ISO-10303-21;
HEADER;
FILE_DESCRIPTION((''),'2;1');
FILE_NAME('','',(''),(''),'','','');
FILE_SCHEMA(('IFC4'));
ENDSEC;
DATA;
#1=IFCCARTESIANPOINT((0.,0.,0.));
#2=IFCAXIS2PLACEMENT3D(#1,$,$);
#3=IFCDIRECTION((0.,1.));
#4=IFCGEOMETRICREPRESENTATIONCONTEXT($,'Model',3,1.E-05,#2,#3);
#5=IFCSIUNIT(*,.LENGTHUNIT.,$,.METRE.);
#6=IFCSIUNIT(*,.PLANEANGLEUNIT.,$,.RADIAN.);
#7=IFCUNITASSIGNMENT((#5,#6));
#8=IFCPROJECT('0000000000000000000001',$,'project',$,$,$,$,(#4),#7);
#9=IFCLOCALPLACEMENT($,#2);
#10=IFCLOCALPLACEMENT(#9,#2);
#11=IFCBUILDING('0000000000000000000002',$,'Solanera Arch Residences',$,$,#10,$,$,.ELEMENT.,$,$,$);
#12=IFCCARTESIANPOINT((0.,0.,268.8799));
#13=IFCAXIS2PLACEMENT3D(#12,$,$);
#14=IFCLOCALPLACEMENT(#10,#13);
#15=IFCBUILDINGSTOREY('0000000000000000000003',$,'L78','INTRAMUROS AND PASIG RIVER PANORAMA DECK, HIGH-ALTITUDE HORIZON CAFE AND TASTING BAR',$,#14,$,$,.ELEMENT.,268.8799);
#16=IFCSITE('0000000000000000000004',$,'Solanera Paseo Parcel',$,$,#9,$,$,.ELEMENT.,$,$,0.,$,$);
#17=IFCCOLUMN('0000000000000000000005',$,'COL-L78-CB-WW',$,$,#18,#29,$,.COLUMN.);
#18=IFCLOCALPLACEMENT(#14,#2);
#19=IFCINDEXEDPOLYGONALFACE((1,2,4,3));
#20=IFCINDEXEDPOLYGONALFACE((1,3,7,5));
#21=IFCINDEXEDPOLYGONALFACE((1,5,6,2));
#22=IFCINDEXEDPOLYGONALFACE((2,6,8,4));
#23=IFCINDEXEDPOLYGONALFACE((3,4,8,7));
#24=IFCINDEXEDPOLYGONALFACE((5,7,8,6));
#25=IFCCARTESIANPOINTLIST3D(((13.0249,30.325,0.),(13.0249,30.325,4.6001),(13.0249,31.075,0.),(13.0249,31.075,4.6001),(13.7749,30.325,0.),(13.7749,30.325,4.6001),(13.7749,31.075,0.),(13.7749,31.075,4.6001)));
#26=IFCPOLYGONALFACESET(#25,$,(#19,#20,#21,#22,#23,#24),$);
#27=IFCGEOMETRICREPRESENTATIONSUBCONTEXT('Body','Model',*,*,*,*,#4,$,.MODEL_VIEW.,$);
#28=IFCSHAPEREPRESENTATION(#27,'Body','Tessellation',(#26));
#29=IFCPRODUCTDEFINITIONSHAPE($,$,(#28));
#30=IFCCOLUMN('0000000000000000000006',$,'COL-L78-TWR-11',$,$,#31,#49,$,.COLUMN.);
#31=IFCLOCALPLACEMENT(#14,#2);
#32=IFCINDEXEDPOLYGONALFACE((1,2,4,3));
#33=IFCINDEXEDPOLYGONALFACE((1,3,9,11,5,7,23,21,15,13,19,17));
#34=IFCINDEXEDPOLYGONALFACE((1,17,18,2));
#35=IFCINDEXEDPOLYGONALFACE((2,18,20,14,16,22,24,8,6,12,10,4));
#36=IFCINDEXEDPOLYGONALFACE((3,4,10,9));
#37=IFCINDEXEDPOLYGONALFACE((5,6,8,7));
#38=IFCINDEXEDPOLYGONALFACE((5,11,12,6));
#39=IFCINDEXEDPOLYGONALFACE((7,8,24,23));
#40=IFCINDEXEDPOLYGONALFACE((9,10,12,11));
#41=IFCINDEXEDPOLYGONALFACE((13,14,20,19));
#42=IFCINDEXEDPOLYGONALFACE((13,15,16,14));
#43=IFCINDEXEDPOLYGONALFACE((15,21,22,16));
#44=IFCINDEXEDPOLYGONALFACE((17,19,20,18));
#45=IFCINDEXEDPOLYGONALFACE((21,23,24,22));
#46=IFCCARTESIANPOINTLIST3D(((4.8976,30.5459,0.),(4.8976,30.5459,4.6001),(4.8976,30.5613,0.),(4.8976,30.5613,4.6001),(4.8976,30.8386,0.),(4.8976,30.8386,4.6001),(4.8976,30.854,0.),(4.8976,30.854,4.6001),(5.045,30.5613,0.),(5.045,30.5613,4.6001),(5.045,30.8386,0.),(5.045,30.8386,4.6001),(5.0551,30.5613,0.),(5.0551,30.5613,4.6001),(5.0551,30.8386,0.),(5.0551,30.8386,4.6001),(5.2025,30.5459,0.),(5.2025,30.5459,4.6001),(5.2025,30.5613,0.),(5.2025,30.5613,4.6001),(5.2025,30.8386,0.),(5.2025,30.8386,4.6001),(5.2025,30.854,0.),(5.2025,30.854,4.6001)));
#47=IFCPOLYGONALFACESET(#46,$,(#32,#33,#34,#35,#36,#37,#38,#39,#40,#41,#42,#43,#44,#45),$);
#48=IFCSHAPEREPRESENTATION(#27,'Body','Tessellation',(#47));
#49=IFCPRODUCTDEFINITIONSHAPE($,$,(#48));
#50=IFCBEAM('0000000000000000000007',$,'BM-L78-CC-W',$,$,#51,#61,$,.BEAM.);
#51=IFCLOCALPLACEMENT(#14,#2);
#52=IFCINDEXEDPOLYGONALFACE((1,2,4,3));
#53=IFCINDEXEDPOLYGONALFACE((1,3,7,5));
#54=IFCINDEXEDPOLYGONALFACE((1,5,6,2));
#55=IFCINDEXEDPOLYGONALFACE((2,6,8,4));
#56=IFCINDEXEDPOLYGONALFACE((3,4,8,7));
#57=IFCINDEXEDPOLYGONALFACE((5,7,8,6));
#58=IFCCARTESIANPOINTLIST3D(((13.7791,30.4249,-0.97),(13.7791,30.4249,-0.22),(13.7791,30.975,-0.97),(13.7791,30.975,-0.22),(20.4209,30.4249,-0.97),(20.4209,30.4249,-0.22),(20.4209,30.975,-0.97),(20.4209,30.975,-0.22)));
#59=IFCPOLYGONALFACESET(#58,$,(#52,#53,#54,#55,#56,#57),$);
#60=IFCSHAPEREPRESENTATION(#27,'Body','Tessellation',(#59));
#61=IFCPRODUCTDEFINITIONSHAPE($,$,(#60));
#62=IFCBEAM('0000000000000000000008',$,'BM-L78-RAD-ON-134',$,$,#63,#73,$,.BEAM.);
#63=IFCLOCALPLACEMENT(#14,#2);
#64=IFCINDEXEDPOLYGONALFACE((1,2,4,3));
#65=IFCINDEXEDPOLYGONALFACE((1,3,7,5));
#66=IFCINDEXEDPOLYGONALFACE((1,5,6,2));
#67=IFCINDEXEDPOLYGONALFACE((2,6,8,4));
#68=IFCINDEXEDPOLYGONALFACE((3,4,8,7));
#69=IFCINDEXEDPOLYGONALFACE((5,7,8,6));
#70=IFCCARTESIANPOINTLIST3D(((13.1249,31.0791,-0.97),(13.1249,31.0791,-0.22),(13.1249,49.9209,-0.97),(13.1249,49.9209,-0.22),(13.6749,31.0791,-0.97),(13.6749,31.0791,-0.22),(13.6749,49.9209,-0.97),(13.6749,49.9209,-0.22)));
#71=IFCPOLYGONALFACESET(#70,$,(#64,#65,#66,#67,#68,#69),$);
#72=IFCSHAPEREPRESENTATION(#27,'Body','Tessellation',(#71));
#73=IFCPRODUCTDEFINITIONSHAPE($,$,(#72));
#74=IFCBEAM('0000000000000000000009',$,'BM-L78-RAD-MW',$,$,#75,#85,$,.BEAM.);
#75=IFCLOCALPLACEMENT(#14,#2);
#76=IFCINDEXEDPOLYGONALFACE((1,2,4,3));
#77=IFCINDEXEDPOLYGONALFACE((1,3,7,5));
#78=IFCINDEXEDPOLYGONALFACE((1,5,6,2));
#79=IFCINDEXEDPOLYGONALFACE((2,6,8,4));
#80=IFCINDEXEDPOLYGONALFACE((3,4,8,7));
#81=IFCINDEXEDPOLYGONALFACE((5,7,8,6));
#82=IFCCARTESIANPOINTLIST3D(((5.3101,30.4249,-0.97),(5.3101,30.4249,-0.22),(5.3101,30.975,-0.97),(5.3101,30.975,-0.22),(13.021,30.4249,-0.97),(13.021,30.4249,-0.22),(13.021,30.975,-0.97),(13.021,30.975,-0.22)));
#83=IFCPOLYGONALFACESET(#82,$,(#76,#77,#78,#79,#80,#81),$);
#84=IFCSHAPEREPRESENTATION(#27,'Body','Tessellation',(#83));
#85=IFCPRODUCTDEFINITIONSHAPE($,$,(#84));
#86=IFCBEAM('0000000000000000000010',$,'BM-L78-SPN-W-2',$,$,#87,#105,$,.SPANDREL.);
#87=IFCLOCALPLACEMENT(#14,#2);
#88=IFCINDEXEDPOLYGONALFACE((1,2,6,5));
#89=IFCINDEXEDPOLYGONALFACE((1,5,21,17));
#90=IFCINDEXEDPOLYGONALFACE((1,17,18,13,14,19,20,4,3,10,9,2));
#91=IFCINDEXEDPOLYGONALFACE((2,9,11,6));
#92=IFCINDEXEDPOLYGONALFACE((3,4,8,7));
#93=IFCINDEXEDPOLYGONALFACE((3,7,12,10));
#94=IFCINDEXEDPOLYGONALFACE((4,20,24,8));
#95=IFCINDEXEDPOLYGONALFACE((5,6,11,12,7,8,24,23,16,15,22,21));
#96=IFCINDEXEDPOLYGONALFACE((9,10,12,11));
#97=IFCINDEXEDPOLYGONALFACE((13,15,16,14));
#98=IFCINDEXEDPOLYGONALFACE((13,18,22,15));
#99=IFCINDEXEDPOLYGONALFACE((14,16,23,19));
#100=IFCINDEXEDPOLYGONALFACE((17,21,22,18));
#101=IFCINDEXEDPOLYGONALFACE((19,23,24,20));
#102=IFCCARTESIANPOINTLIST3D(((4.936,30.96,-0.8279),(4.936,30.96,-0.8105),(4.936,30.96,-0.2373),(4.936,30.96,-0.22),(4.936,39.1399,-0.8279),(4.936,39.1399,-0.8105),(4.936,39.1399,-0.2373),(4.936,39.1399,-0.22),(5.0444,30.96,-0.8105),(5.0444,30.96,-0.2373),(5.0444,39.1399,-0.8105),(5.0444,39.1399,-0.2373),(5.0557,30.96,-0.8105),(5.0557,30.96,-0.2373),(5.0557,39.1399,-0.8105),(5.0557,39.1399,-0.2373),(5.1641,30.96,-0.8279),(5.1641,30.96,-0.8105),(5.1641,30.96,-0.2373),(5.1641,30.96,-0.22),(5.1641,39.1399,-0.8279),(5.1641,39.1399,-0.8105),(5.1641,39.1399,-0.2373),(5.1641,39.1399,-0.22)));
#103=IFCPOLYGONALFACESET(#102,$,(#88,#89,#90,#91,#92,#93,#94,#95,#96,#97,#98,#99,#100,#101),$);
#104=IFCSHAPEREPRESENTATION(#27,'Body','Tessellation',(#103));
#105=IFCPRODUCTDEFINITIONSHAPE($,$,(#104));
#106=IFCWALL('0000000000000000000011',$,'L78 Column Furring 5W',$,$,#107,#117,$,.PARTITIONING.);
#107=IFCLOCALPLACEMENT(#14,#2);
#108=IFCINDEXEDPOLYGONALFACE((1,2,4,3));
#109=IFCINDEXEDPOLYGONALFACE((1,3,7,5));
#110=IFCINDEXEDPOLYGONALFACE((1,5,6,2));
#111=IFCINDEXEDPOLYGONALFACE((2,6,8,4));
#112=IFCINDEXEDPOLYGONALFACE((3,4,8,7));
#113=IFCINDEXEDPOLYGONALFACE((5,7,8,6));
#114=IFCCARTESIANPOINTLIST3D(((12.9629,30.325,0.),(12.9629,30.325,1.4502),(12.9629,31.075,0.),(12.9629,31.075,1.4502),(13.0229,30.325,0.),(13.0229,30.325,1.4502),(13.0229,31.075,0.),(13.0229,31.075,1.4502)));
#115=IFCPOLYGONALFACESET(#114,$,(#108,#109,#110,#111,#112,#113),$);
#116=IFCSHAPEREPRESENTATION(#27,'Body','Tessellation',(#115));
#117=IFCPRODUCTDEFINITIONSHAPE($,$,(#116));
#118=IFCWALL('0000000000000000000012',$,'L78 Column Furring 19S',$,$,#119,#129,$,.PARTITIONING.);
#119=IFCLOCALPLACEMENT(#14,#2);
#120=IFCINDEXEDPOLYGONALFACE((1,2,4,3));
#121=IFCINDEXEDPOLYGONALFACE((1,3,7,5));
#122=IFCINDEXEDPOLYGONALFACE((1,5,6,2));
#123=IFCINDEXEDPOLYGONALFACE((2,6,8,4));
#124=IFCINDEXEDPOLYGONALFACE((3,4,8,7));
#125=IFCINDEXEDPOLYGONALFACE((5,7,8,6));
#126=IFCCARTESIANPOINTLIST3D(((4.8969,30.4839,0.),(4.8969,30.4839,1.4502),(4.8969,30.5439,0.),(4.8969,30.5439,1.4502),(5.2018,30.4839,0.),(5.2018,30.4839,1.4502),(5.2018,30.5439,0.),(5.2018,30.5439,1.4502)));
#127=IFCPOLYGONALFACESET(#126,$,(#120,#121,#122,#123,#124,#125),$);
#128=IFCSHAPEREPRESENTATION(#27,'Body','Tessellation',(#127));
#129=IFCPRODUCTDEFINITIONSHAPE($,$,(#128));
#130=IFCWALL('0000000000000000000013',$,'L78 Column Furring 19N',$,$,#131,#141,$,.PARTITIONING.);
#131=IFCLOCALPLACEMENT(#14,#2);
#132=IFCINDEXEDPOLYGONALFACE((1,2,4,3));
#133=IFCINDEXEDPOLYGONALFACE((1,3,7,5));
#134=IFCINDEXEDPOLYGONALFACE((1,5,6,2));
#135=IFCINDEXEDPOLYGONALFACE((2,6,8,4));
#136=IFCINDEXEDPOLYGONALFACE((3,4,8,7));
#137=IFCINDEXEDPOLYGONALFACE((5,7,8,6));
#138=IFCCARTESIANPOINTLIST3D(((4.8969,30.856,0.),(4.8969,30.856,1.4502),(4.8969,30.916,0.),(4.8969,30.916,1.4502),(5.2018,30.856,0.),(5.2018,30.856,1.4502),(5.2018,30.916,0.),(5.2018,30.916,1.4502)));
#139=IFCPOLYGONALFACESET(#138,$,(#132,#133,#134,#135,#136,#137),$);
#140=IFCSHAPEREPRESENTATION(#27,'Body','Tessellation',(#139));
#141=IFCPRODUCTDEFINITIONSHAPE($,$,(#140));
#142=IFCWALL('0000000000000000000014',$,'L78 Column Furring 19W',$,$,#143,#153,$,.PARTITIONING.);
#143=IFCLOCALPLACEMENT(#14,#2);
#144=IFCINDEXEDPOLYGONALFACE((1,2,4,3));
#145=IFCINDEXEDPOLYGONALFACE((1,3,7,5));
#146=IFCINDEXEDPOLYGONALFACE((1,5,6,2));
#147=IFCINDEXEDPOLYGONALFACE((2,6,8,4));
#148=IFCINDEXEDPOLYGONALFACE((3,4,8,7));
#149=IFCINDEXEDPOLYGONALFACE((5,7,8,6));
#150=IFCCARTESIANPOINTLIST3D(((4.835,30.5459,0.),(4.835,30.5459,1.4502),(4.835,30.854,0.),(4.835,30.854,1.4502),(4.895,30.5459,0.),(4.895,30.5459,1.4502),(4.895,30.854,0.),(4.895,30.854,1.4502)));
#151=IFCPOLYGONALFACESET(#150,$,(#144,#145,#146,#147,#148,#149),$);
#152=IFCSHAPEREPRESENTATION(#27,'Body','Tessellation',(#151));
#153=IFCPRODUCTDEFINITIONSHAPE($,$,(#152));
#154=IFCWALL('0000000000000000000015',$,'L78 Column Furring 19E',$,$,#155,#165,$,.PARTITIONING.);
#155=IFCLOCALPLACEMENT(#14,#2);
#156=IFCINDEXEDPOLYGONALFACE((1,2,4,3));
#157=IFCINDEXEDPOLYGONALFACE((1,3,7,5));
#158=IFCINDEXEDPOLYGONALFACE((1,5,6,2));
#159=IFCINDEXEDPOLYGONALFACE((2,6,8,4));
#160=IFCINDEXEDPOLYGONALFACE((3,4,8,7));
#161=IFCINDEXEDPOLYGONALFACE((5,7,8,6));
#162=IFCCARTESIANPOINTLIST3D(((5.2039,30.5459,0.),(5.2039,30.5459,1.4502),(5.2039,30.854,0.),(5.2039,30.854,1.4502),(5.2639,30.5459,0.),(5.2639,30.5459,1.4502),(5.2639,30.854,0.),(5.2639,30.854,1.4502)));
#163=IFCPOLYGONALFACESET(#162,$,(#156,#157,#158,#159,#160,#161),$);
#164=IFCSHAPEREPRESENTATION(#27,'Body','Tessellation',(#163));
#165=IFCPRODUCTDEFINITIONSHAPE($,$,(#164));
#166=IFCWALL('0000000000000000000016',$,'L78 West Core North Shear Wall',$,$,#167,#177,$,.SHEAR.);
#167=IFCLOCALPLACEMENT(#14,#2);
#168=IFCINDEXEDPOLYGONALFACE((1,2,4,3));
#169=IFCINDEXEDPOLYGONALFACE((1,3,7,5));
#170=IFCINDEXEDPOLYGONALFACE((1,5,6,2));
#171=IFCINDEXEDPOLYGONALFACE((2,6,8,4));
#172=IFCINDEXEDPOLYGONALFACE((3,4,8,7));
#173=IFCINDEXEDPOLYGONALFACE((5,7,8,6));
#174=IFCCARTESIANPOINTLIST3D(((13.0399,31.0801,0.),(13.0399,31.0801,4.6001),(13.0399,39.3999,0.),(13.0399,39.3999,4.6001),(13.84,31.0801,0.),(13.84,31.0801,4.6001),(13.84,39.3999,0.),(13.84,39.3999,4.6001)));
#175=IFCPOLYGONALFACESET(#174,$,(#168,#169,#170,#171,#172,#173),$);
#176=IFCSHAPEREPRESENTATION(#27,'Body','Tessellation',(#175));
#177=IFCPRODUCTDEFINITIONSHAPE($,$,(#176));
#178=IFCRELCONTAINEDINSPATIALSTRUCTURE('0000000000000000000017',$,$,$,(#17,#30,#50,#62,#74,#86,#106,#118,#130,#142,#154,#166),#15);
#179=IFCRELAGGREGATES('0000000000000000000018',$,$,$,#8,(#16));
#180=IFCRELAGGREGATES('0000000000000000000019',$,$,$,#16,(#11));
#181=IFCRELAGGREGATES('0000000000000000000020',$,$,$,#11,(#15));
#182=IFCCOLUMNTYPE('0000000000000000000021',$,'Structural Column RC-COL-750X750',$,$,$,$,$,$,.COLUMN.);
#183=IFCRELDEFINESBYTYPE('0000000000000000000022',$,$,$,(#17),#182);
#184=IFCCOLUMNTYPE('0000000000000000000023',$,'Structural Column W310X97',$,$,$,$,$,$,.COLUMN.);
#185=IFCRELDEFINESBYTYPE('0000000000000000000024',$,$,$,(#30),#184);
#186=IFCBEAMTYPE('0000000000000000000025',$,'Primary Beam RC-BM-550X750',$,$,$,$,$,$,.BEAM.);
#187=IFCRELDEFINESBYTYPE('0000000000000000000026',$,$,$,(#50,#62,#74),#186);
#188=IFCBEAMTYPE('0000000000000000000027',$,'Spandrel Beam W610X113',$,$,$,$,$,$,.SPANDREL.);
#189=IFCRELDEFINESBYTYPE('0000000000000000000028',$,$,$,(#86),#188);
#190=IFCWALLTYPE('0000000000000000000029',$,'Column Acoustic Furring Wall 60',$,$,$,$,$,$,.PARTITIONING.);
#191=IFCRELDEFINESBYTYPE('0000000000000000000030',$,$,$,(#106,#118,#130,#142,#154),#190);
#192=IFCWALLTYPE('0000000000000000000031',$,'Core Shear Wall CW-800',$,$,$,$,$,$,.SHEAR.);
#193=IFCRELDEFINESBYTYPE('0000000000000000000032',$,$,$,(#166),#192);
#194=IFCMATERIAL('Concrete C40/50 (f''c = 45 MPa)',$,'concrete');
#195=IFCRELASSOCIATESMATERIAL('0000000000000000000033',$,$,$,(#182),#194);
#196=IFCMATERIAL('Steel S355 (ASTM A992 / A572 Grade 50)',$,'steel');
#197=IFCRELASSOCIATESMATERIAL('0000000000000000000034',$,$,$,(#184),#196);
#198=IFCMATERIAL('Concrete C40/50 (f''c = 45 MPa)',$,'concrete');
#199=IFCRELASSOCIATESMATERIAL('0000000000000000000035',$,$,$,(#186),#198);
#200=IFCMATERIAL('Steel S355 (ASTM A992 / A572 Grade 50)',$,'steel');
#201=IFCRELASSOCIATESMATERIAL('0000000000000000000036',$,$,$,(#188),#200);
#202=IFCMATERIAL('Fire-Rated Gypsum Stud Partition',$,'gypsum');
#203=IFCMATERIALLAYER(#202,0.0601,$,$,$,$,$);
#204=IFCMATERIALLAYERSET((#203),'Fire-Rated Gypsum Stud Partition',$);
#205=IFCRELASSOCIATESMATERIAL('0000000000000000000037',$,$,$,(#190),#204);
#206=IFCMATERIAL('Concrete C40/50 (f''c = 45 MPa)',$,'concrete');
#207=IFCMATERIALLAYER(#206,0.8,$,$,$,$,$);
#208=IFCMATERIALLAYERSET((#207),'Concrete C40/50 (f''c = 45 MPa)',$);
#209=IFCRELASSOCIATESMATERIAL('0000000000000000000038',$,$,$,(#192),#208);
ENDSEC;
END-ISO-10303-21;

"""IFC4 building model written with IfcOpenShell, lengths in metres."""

from ifc_helpers import new_model, si_unit, direction, frame, frame_2d, origin, origin_2d, place, context, subcontext, project, spatial, rectangle, i_section, extrude, material, layer, layer_set, material_profile, profile_set, type_object, element, save


model = new_model("IFC4")

# Units and contexts
model_context = context("Model", 3, precision=1e-05, world=origin(), true_north=direction((0.0, 1.0)))
body_context = subcontext(model_context, "Body", "Model", "MODEL_VIEW")
ifc_project = project(units=[si_unit("LENGTHUNIT", "METRE"), si_unit("PLANEANGLEUNIT", "RADIAN")], contexts=[model_context])

# Site, building, storey
site_placement = place(None, origin())
site = spatial("IfcSite", under=ifc_project, at=site_placement, Name="Solanera Paseo Parcel", CompositionType="ELEMENT", RefElevation=0.0)
building_placement = place(site_placement, origin())
building = spatial("IfcBuilding", under=site, at=building_placement, Name="Solanera Arch Residences", CompositionType="ELEMENT")
storey_placement = place(building_placement, frame((0.0, 0.0, 268.8799)))
storey = spatial("IfcBuildingStorey", under=building, at=storey_placement, Name="L78", Description="INTRAMUROS AND PASIG RIVER PANORAMA DECK, HIGH-ALTITUDE HORIZON CAFE AND TASTING BAR", CompositionType="ELEMENT", Elevation=268.8799)

# Columns
ifc_material_1 = material(Name="Concrete C40/50 (f'c = 45 MPa)", Category="concrete")
ifc_material_profile_1 = material_profile(ifc_material_1, rectangle(XDim=0.75, YDim=0.75, at=origin_2d()))
ifc_profile_set_1 = profile_set([ifc_material_profile_1], Name="Concrete C40/50 (f'c = 45 MPa)")
column_type_1 = type_object("IfcColumnType", Name="Structural Column RC-COL-750X750", PredefinedType="COLUMN", material=ifc_profile_set_1)
column_1_placement = place(storey_placement, frame((13.3999, 30.7, 0.0), z_axis=(0.0, 0.0, 1.0), x_axis=(1.0, 0.0, 0.0)))
element("IfcColumn", 1, at=column_1_placement, inside=storey, type_object=column_type_1, Name="COL-L78-CB-WW", PredefinedType="COLUMN", context=body_context, shape_type="SweptSolid", body=[
    extrude(rectangle(XDim=0.75, YDim=0.75, at=origin_2d()), origin(), (0.0, 0.0, 1.0), 4.6001),
])
ifc_material_2 = material(Name="Steel S355 (ASTM A992 / A572 Grade 50)", Category="steel")
ifc_material_profile_2 = material_profile(ifc_material_2, i_section(OverallWidth=0.3049, OverallDepth=0.3081, WebThickness=0.01, FlangeThickness=0.0154, at=origin_2d()))
ifc_profile_set_2 = profile_set([ifc_material_profile_2], Name="Steel S355 (ASTM A992 / A572 Grade 50)")
column_type_2 = type_object("IfcColumnType", Name="Structural Column W310X97", PredefinedType="COLUMN", material=ifc_profile_set_2)
column_2_placement = place(storey_placement, frame((5.05, 30.7, 0.0), z_axis=(0.0, 0.0, 1.0), x_axis=(1.0, 0.0, 0.0)))
element("IfcColumn", 2, at=column_2_placement, inside=storey, type_object=column_type_2, Name="COL-L78-TWR-11", PredefinedType="COLUMN", context=body_context, shape_type="SweptSolid", body=[
    extrude(i_section(OverallWidth=0.3049, OverallDepth=0.3081, WebThickness=0.01, FlangeThickness=0.0154, at=origin_2d()), origin(), (0.0, 0.0, 1.0), 4.6001),
])

# Beams
ifc_material_3 = material(Name="Concrete C40/50 (f'c = 45 MPa)", Category="concrete")
ifc_material_profile_3 = material_profile(ifc_material_3, rectangle(XDim=0.55, YDim=0.75, at=origin_2d()))
ifc_profile_set_3 = profile_set([ifc_material_profile_3], Name="Concrete C40/50 (f'c = 45 MPa)")
beam_type_1 = type_object("IfcBeamType", Name="Primary Beam RC-BM-550X750", PredefinedType="BEAM", material=ifc_profile_set_3)
beam_1_placement = place(storey_placement, frame((13.7791, 30.7, -0.595), z_axis=(1.0, 0.0, 0.0), x_axis=(0.0, 1.0, 0.0)))
element("IfcBeam", 3, at=beam_1_placement, inside=storey, type_object=beam_type_1, Name="BM-L78-CC-W", PredefinedType="BEAM", context=body_context, shape_type="SweptSolid", body=[
    extrude(rectangle(XDim=0.55, YDim=0.75, at=origin_2d()), origin(), (0.0, 0.0, 1.0), 6.6418),
])
beam_2_placement = place(storey_placement, frame((13.3999, 31.0791, -0.595), z_axis=(0.0, 1.0, 0.0), x_axis=(-1.0, 0.0, 0.0)))
element("IfcBeam", 4, at=beam_2_placement, inside=storey, type_object=beam_type_1, Name="BM-L78-RAD-ON-134", PredefinedType="BEAM", context=body_context, shape_type="SweptSolid", body=[
    extrude(rectangle(XDim=0.55, YDim=0.75, at=origin_2d()), origin(), (0.0, 0.0, 1.0), 18.8418),
])
beam_3_placement = place(storey_placement, frame((5.3101, 30.7, -0.595), z_axis=(1.0, 0.0, 0.0), x_axis=(0.0, 1.0, 0.0)))
element("IfcBeam", 5, at=beam_3_placement, inside=storey, type_object=beam_type_1, Name="BM-L78-RAD-MW", PredefinedType="BEAM", context=body_context, shape_type="SweptSolid", body=[
    extrude(rectangle(XDim=0.55, YDim=0.75, at=origin_2d()), origin(), (0.0, 0.0, 1.0), 7.7109),
])
ifc_material_4 = material(Name="Steel S355 (ASTM A992 / A572 Grade 50)", Category="steel")
ifc_material_profile_4 = material_profile(ifc_material_4, i_section(OverallWidth=0.228, OverallDepth=0.6079, WebThickness=0.0112, FlangeThickness=0.0173, at=origin_2d()))
ifc_profile_set_4 = profile_set([ifc_material_profile_4], Name="Steel S355 (ASTM A992 / A572 Grade 50)")
beam_type_2 = type_object("IfcBeamType", Name="Spandrel Beam W610X113", PredefinedType="SPANDREL", material=ifc_profile_set_4)
beam_4_placement = place(storey_placement, frame((5.05, 30.96, -0.5239), z_axis=(0.0, 1.0, 0.0), x_axis=(-1.0, 0.0, 0.0)))
element("IfcBeam", 6, at=beam_4_placement, inside=storey, type_object=beam_type_2, Name="BM-L78-SPN-W-2", PredefinedType="SPANDREL", context=body_context, shape_type="SweptSolid", body=[
    extrude(i_section(OverallWidth=0.228, OverallDepth=0.6079, WebThickness=0.0112, FlangeThickness=0.0173, at=origin_2d()), origin(), (0.0, 0.0, 1.0), 8.1799),
])

# Walls
ifc_material_5 = material(Name="Fire-Rated Gypsum Stud Partition", Category="gypsum")
ifc_layer_1 = layer(ifc_material_5, 0.0601)
ifc_layer_set_1 = layer_set([ifc_layer_1], Name="Fire-Rated Gypsum Stud Partition")
wall_type_1 = type_object("IfcWallType", Name="Column Acoustic Furring Wall 60", PredefinedType="PARTITIONING", material=ifc_layer_set_1)
wall_1_placement = place(storey_placement, frame((12.9929, 30.325, 0.0), z_axis=(0.0, 0.0, 1.0), x_axis=(0.0, 1.0, 0.0)))
element("IfcWall", 7, at=wall_1_placement, inside=storey, type_object=wall_type_1, Name="L78 Column Furring 5W", PredefinedType="PARTITIONING", context=body_context, shape_type="SweptSolid", body=[
    extrude(rectangle(XDim=0.75, YDim=0.0601, at=frame_2d((0.375, 0.0))), origin(), (0.0, 0.0, 1.0), 1.4502),
])
for number, where, z_axis, x_axis, name in (
    (8, (4.897, 30.5139, 0.0), (0.0, 0.0, 1.0), (1.0, 0.0, 0.0), "L78 Column Furring 19S"),
    (9, (4.897, 30.886, 0.0), (0.0, 0.0, 1.0), (1.0, 0.0, 0.0), "L78 Column Furring 19N"),
):
    element("IfcWall", number, at=place(storey_placement, frame(where, z_axis=z_axis, x_axis=x_axis)), inside=storey, type_object=wall_type_1, Name=name, PredefinedType="PARTITIONING", context=body_context, shape_type="SweptSolid", body=[
        extrude(rectangle(XDim=0.3049, YDim=0.0601, at=frame_2d((0.1523, 0.0))), origin(), (0.0, 0.0, 1.0), 1.4502),
    ])
for number, where, z_axis, x_axis, name in (
    (10, (4.865, 30.5459, 0.0), (0.0, 0.0, 1.0), (0.0, 1.0, 0.0), "L78 Column Furring 19W"),
    (11, (5.2339, 30.5459, 0.0), (0.0, 0.0, 1.0), (0.0, 1.0, 0.0), "L78 Column Furring 19E"),
):
    element("IfcWall", number, at=place(storey_placement, frame(where, z_axis=z_axis, x_axis=x_axis)), inside=storey, type_object=wall_type_1, Name=name, PredefinedType="PARTITIONING", context=body_context, shape_type="SweptSolid", body=[
        extrude(rectangle(XDim=0.3081, YDim=0.0601, at=frame_2d((0.1541, 0.0))), origin(), (0.0, 0.0, 1.0), 1.4502),
    ])
ifc_material_6 = material(Name="Concrete C40/50 (f'c = 45 MPa)", Category="concrete")
ifc_layer_2 = layer(ifc_material_6, 0.8)
ifc_layer_set_2 = layer_set([ifc_layer_2], Name="Concrete C40/50 (f'c = 45 MPa)")
wall_type_2 = type_object("IfcWallType", Name="Core Shear Wall CW-800", PredefinedType="SHEAR", material=ifc_layer_set_2)
wall_2_placement = place(storey_placement, frame((13.4399, 31.0801, 0.0), z_axis=(0.0, 0.0, 1.0), x_axis=(0.0, 1.0, 0.0)))
element("IfcWall", 12, at=wall_2_placement, inside=storey, type_object=wall_type_2, Name="L78 West Core North Shear Wall", PredefinedType="SHEAR", context=body_context, shape_type="SweptSolid", body=[
    extrude(rectangle(XDim=8.3198, YDim=0.8, at=frame_2d((4.1599, 0.0))), origin(), (0.0, 0.0, 1.0), 4.6001),
])

save(model, "model.ifc")
